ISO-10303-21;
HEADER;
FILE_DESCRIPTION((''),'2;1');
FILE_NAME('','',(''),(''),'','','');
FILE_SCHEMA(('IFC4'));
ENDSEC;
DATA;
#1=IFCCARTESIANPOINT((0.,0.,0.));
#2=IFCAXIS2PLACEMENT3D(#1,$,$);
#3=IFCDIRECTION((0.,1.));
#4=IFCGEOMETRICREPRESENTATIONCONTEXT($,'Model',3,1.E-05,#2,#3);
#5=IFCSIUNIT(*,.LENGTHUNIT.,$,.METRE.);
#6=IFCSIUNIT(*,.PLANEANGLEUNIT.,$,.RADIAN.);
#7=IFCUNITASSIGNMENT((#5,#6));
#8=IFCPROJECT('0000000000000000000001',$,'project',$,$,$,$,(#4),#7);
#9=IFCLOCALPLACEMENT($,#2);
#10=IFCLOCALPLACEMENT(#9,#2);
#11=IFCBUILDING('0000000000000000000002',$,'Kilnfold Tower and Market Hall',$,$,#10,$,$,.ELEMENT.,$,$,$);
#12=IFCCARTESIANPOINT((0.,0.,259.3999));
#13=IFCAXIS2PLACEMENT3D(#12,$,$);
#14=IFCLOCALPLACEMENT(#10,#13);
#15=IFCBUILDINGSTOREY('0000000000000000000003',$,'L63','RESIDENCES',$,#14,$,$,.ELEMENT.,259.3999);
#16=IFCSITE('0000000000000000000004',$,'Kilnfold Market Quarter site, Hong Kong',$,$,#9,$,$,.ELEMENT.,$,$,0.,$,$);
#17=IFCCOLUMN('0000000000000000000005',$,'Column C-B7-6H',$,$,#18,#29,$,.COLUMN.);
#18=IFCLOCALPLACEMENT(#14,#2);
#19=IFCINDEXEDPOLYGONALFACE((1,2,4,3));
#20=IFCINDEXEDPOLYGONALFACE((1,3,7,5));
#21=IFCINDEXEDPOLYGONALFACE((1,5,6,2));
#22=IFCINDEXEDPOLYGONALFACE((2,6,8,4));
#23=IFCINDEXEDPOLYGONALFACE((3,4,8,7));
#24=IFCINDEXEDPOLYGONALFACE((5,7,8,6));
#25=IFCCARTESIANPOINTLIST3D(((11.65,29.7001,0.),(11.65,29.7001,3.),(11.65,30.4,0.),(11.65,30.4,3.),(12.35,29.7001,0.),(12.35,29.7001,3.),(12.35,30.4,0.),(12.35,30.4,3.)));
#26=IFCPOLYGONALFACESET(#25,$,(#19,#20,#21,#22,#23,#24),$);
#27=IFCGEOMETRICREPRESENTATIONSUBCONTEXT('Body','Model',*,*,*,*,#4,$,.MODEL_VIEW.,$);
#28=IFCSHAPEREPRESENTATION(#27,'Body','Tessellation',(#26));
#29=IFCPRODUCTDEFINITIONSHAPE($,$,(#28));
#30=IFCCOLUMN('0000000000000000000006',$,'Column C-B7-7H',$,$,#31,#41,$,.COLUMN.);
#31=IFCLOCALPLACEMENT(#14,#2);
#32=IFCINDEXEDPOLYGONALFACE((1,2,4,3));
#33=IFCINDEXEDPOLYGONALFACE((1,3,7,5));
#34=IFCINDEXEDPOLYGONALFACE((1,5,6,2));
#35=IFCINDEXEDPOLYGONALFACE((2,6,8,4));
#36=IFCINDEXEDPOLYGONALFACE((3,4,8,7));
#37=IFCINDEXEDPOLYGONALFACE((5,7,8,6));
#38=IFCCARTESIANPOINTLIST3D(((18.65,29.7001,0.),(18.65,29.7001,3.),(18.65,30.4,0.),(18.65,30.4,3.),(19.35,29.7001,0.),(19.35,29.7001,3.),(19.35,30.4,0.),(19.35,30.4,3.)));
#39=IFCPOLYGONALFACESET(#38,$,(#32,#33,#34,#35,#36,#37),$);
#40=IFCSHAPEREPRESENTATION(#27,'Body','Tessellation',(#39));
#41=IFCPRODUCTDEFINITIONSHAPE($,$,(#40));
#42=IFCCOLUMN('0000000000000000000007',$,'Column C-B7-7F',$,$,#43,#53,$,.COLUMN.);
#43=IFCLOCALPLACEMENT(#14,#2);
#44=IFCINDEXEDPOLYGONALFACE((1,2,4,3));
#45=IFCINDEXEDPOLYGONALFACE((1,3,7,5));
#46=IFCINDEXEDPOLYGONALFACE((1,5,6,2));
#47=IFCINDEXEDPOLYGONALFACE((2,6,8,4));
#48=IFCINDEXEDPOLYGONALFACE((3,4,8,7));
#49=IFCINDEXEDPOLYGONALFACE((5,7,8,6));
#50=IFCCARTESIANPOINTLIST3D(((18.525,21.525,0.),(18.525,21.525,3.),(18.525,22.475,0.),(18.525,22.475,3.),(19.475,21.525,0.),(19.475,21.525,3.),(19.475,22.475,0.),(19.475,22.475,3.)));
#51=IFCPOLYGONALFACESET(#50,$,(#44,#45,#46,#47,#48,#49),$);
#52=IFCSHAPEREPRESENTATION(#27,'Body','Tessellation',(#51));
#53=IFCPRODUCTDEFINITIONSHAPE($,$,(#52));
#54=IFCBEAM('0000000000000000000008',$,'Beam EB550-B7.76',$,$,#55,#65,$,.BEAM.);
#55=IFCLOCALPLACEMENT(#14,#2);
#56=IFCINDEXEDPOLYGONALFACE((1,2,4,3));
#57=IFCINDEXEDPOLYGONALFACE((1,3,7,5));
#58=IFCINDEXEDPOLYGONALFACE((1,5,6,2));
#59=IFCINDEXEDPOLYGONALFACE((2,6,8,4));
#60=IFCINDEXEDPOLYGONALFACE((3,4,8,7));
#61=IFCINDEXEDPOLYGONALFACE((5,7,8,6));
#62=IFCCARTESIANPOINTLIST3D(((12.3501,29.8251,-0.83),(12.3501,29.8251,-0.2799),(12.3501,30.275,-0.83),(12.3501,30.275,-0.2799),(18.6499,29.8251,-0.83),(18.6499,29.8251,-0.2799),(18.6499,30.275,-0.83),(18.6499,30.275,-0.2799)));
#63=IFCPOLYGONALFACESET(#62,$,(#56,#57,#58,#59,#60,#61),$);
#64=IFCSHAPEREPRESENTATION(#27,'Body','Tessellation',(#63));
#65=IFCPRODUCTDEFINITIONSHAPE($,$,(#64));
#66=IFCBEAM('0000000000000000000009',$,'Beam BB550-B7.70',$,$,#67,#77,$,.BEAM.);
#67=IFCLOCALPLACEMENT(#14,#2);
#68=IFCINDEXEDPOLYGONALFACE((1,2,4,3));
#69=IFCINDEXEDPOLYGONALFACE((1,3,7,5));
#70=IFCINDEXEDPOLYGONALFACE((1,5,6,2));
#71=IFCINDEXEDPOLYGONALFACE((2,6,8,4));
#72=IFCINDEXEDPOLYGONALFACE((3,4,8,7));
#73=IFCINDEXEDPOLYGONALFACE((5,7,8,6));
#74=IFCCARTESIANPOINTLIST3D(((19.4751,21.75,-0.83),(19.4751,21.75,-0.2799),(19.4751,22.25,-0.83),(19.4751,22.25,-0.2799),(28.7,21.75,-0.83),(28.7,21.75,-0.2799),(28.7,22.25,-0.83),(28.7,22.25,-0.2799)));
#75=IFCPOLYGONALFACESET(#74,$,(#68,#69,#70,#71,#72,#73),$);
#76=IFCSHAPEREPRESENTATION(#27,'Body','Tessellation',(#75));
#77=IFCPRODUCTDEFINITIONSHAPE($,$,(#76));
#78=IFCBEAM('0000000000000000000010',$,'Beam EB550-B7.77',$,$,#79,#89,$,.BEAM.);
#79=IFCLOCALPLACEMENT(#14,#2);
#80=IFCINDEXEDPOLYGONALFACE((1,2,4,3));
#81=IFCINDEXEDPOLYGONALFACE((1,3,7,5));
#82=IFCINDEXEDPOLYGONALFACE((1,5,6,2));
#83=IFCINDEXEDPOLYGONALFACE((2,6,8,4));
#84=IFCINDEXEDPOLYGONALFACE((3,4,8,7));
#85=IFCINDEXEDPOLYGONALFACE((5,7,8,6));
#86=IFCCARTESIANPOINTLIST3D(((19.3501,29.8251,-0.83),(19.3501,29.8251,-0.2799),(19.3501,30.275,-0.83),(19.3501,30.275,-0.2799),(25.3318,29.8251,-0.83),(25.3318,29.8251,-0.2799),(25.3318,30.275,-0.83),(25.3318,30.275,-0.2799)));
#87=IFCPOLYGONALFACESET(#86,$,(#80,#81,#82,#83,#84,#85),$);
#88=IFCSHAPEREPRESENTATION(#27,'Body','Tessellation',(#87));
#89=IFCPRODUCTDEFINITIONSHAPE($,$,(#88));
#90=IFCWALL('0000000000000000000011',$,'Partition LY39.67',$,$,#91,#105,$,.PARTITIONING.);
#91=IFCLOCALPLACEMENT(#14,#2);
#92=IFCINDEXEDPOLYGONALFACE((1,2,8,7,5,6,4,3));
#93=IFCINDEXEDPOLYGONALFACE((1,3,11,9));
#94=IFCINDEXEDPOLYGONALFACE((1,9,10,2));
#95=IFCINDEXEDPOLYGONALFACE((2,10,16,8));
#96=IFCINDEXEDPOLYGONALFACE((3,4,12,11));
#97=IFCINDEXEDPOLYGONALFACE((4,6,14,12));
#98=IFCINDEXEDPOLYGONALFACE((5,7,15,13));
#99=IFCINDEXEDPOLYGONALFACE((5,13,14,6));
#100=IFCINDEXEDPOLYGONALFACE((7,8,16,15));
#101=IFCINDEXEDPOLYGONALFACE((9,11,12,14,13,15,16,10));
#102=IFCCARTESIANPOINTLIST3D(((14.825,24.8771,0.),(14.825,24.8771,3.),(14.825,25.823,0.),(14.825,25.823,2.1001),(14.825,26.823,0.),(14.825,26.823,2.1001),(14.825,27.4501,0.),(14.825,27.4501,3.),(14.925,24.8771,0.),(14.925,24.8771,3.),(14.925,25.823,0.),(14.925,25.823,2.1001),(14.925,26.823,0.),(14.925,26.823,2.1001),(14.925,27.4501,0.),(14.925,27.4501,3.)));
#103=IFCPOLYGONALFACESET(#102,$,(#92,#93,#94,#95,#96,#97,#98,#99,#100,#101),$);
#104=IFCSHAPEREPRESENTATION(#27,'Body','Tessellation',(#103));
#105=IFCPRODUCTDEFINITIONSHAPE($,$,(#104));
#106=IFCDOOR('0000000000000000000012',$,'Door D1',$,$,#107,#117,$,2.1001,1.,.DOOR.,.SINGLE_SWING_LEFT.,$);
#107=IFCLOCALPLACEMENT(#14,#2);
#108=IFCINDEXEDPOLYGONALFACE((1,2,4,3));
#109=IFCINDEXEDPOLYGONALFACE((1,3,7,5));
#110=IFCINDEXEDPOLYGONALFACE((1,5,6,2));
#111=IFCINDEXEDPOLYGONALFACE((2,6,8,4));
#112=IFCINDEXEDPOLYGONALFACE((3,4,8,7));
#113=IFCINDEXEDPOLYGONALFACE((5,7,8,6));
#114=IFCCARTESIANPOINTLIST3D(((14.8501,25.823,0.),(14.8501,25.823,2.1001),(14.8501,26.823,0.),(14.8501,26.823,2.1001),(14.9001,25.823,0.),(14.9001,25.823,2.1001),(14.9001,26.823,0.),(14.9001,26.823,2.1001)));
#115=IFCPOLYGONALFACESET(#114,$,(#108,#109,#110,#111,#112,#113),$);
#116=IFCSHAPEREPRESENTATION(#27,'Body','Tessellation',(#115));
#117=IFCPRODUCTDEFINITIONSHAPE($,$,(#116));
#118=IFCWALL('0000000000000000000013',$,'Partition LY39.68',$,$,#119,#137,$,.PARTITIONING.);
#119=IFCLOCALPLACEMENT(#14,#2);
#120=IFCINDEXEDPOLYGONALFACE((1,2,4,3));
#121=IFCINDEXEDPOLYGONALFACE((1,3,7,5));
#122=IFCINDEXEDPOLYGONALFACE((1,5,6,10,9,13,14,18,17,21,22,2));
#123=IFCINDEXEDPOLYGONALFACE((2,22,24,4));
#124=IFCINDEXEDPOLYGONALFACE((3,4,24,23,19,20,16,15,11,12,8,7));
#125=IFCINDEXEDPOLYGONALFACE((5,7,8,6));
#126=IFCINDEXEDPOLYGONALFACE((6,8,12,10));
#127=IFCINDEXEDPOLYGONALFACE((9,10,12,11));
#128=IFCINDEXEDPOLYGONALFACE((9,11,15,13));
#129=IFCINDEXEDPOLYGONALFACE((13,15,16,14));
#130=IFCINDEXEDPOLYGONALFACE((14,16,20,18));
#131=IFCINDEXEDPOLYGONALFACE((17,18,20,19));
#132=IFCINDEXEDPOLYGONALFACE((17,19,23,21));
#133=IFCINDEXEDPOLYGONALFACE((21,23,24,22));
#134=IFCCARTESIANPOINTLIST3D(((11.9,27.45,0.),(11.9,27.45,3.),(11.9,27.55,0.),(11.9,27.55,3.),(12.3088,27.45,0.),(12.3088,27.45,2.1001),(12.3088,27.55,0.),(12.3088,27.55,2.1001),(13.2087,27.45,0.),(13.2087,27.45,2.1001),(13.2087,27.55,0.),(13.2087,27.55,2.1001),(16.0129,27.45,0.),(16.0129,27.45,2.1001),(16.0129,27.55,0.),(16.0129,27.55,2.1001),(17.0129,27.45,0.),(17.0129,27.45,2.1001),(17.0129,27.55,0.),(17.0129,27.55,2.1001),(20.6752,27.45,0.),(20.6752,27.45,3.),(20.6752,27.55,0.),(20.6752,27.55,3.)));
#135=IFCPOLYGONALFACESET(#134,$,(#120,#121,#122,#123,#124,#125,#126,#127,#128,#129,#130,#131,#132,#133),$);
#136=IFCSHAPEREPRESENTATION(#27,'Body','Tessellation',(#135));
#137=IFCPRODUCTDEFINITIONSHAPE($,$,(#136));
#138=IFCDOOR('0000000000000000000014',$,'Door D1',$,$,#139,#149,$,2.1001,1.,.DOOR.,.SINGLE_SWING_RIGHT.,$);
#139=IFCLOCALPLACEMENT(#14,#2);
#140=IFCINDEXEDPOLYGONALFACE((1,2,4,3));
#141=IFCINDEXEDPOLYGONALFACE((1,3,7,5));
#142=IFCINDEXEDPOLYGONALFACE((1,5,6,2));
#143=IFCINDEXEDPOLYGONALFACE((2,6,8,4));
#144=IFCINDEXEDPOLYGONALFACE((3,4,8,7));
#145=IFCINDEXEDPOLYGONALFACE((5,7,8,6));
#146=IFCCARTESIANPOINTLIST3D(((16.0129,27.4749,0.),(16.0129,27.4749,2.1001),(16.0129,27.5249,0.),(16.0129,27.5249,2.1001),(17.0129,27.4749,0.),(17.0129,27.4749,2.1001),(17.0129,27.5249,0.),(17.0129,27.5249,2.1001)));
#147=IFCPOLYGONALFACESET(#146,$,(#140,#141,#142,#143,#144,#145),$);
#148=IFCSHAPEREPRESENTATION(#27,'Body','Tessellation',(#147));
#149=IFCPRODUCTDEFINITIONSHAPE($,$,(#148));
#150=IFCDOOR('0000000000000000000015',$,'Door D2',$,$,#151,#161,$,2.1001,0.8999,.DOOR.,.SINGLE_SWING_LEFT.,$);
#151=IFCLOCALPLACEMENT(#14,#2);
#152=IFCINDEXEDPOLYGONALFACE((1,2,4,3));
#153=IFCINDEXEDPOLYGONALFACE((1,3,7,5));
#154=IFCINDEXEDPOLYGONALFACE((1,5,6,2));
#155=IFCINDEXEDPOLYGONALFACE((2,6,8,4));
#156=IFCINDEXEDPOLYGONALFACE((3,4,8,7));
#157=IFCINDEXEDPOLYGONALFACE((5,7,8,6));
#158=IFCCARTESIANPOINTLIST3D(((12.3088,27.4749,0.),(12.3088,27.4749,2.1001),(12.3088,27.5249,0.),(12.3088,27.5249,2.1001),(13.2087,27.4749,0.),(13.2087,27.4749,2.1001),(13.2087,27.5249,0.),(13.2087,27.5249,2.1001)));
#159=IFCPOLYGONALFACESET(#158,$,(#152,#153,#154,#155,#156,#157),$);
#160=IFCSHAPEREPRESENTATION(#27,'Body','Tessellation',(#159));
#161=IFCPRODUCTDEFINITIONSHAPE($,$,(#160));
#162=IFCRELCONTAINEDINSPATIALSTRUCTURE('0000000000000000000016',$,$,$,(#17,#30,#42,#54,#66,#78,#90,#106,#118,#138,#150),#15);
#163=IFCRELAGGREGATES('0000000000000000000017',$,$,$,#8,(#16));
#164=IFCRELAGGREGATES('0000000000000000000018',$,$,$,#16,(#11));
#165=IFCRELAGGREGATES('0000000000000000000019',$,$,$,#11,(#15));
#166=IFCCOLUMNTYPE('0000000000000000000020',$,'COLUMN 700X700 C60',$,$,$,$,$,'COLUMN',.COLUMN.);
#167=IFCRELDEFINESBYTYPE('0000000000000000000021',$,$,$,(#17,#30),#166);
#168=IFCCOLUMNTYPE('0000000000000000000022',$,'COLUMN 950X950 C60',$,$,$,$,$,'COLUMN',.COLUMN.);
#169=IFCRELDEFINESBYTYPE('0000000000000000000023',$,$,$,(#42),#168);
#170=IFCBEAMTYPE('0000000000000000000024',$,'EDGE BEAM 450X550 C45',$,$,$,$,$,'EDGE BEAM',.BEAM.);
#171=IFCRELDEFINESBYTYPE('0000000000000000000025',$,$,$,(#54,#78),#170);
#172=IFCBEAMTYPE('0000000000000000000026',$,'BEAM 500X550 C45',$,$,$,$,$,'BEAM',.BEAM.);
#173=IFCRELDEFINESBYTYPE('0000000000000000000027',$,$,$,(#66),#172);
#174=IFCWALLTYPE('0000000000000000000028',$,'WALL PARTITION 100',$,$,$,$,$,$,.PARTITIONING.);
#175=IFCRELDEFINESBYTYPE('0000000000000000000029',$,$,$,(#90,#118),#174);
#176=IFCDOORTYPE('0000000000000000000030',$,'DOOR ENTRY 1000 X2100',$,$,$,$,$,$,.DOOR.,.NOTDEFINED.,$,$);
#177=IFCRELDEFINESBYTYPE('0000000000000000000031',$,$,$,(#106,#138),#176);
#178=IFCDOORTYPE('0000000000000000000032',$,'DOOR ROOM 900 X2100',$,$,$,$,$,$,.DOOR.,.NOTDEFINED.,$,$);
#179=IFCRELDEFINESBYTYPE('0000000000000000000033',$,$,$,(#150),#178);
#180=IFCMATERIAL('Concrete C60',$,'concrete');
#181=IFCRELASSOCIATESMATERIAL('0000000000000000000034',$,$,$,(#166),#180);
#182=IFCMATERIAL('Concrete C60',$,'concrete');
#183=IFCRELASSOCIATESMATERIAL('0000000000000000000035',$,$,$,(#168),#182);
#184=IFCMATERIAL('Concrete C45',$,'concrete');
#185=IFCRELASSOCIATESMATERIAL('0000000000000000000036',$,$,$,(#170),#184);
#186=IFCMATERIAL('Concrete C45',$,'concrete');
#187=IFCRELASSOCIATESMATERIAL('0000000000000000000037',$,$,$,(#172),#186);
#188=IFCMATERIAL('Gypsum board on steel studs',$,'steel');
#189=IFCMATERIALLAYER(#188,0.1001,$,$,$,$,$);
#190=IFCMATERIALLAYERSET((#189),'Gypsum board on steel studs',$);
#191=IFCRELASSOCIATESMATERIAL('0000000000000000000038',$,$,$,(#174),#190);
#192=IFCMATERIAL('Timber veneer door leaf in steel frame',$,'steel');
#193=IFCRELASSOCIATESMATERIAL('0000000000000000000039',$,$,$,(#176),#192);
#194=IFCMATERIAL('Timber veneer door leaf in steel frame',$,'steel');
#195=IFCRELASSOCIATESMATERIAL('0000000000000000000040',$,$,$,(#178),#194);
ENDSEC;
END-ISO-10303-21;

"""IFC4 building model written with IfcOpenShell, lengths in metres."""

from ifc_helpers import new_model, si_unit, direction, frame, frame_2d, origin, origin_2d, place, context, subcontext, project, spatial, rectangle, extrude, source, transform, mapped, material, layer, layer_set, material_profile, profile_set, type_object, element, fill, save


model = new_model("IFC4")

# Units and contexts
model_context = context("Model", 3, precision=1e-05, world=origin(), true_north=direction((0.0, 1.0)))
body_context = subcontext(model_context, "Body", "Model", "MODEL_VIEW")
ifc_project = project(units=[si_unit("LENGTHUNIT", "METRE"), si_unit("PLANEANGLEUNIT", "RADIAN")], contexts=[model_context])

# Site, building, storey
site_placement = place(None, origin())
site = spatial("IfcSite", under=ifc_project, at=site_placement, Name="Kilnfold Market Quarter site, Hong Kong", CompositionType="ELEMENT", RefElevation=0.0)
building_placement = place(site_placement, origin())
building = spatial("IfcBuilding", under=site, at=building_placement, Name="Kilnfold Tower and Market Hall", CompositionType="ELEMENT")
storey_placement = place(building_placement, frame((0.0, 0.0, 259.3999)))
storey = spatial("IfcBuildingStorey", under=building, at=storey_placement, Name="L63", Description="RESIDENCES", CompositionType="ELEMENT", Elevation=259.3999)

# Columns
ifc_material_1 = material(Name="Concrete C60", Category="concrete")
ifc_material_profile_1 = material_profile(ifc_material_1, rectangle(XDim=0.7, YDim=0.7, at=origin_2d()), Name="RC 700x700")
ifc_profile_set_1 = profile_set([ifc_material_profile_1], Name="Concrete C60")
column_type_1 = type_object("IfcColumnType", Name="COLUMN 700X700 C60", ElementType="COLUMN", PredefinedType="COLUMN", material=ifc_profile_set_1)
shared_shape_1 = source(origin(), body_context, "Body", "SweptSolid", [
    extrude(rectangle(XDim=0.7, YDim=0.7, at=origin_2d()), origin(), (0.0, 0.0, 1.0), 3.0),
])
for number, where, z_axis, x_axis, name in (
    (1, (12.0, 30.05, 0.0), (0.0, 0.0, 1.0), (1.0, 0.0, 0.0), "Column C-B7-6H"),
    (2, (19.0, 30.05, 0.0), (0.0, 0.0, 1.0), (1.0, 0.0, 0.0), "Column C-B7-7H"),
):
    element("IfcColumn", number, at=place(storey_placement, frame(where, z_axis=z_axis, x_axis=x_axis)), inside=storey, type_object=column_type_1, Name=name, PredefinedType="COLUMN", context=body_context, shape_type="MappedRepresentation", body=[
        mapped(shared_shape_1, transform((0.0, 0.0, 0.0))),
    ])
ifc_material_2 = material(Name="Concrete C60", Category="concrete")
ifc_material_profile_2 = material_profile(ifc_material_2, rectangle(XDim=0.95, YDim=0.95, at=origin_2d()), Name="RC 950x950")
ifc_profile_set_2 = profile_set([ifc_material_profile_2], Name="Concrete C60")
column_type_2 = type_object("IfcColumnType", Name="COLUMN 950X950 C60", ElementType="COLUMN", PredefinedType="COLUMN", material=ifc_profile_set_2)
shared_shape_2 = source(origin(), body_context, "Body", "SweptSolid", [
    extrude(rectangle(XDim=0.95, YDim=0.95, at=origin_2d()), origin(), (0.0, 0.0, 1.0), 3.0),
])
column_placement = place(storey_placement, frame((19.0, 22.0, 0.0), z_axis=(0.0, 0.0, 1.0), x_axis=(1.0, 0.0, 0.0)))
element("IfcColumn", 3, at=column_placement, inside=storey, type_object=column_type_2, Name="Column C-B7-7F", PredefinedType="COLUMN", context=body_context, shape_type="MappedRepresentation", body=[
    mapped(shared_shape_2, transform((0.0, 0.0, 0.0))),
])

# Beams
ifc_material_3 = material(Name="Concrete C45", Category="concrete")
ifc_material_profile_3 = material_profile(ifc_material_3, rectangle(XDim=0.45, YDim=0.55, at=origin_2d()), Name="RC 450x550")
ifc_profile_set_3 = profile_set([ifc_material_profile_3], Name="Concrete C45")
beam_type_1 = type_object("IfcBeamType", Name="EDGE BEAM 450X550 C45", ElementType="EDGE BEAM", PredefinedType="BEAM", material=ifc_profile_set_3)
shared_shape_3 = source(origin(), body_context, "Body", "SweptSolid", [
    extrude(rectangle(XDim=0.45, YDim=0.55, at=origin_2d()), origin(), (0.0, 0.0, 1.0), 6.2998),
])
beam_1_placement = place(storey_placement, frame((12.3501, 30.05, -0.5549), z_axis=(1.0, 0.0, 0.0), x_axis=(0.0, 1.0, 0.0)))
element("IfcBeam", 4, at=beam_1_placement, inside=storey, type_object=beam_type_1, Name="Beam EB550-B7.76", PredefinedType="BEAM", context=body_context, shape_type="MappedRepresentation", body=[
    mapped(shared_shape_3, transform((0.0, 0.0, 0.0))),
])
ifc_material_4 = material(Name="Concrete C45", Category="concrete")
ifc_material_profile_4 = material_profile(ifc_material_4, rectangle(XDim=0.5, YDim=0.55, at=origin_2d()), Name="RC 500x550")
ifc_profile_set_4 = profile_set([ifc_material_profile_4], Name="Concrete C45")
beam_type_2 = type_object("IfcBeamType", Name="BEAM 500X550 C45", ElementType="BEAM", PredefinedType="BEAM", material=ifc_profile_set_4)
shared_shape_4 = source(origin(), body_context, "Body", "SweptSolid", [
    extrude(rectangle(XDim=0.5, YDim=0.55, at=origin_2d()), origin(), (0.0, 0.0, 1.0), 9.2249),
])
beam_2_placement = place(storey_placement, frame((19.4751, 22.0, -0.5549), z_axis=(1.0, 0.0, 0.0), x_axis=(0.0, 1.0, 0.0)))
element("IfcBeam", 5, at=beam_2_placement, inside=storey, type_object=beam_type_2, Name="Beam BB550-B7.70", PredefinedType="BEAM", context=body_context, shape_type="MappedRepresentation", body=[
    mapped(shared_shape_4, transform((0.0, 0.0, 0.0))),
])
shared_shape_5 = source(origin(), body_context, "Body", "SweptSolid", [
    extrude(rectangle(XDim=0.45, YDim=0.55, at=origin_2d()), origin(), (0.0, 0.0, 1.0), 5.9817),
])
beam_3_placement = place(storey_placement, frame((19.3501, 30.05, -0.5549), z_axis=(1.0, 0.0, 0.0), x_axis=(0.0, 1.0, 0.0)))
element("IfcBeam", 6, at=beam_3_placement, inside=storey, type_object=beam_type_1, Name="Beam EB550-B7.77", PredefinedType="BEAM", context=body_context, shape_type="MappedRepresentation", body=[
    mapped(shared_shape_5, transform((0.0, 0.0, 0.0))),
])

# Wall, opening, door
ifc_material_5 = material(Name="Gypsum board on steel studs", Category="steel")
ifc_layer_1 = layer(ifc_material_5, 0.1001)
ifc_layer_set_1 = layer_set([ifc_layer_1], Name="Gypsum board on steel studs")
wall_type_1 = type_object("IfcWallType", Name="WALL PARTITION 100", PredefinedType="PARTITIONING", material=ifc_layer_set_1)
wall_1_placement = place(storey_placement, frame((14.875, 24.877, 0.0), z_axis=(0.0, 0.0, 1.0), x_axis=(0.0, 1.0, 0.0)))
wall_1 = element("IfcWall", 7, at=wall_1_placement, inside=storey, type_object=wall_type_1, Name="Partition LY39.67", PredefinedType="PARTITIONING", context=body_context, shape_type="SweptSolid", body=[
    extrude(rectangle(XDim=2.573, YDim=0.1001, at=frame_2d((1.2866, 0.0))), origin(), (0.0, 0.0, 1.0), 3.0),
])
opening_1_placement = place(wall_1_placement, frame((0.946, 0.0, 0.0)))
opening_1 = element("IfcOpeningElement", 8, at=opening_1_placement, cuts=wall_1, PredefinedType="OPENING", context=body_context, shape_type="SweptSolid", body=[
    extrude(rectangle(XDim=1.0, YDim=2.1001, at=frame_2d((0.5, 1.05))), frame((0.0, 0.0601, 0.0), z_axis=(0.0, -1.0, 0.0), x_axis=(1.0, 0.0, 0.0)), (0.0, 0.0, 1.0), 0.1201),
])
ifc_material_6 = material(Name="Timber veneer door leaf in steel frame", Category="steel")
door_type_1 = type_object("IfcDoorType", Name="DOOR ENTRY 1000 X2100", OperationType="NOTDEFINED", PredefinedType="DOOR", material=ifc_material_6)
door_1_placement = place(opening_1_placement, origin())
door_1 = element("IfcDoor", 9, at=door_1_placement, inside=storey, type_object=door_type_1, Name="Door D1", OperationType="SINGLE_SWING_LEFT", OverallHeight=2.1001, OverallWidth=1.0, PredefinedType="DOOR", context=body_context, shape_type="SweptSolid", body=[
    extrude(rectangle(XDim=1.0, YDim=2.1001, at=frame_2d((0.5, 1.05))), frame((0.0, 0.0249, 0.0), z_axis=(0.0, -1.0, 0.0), x_axis=(1.0, 0.0, 0.0)), (0.0, 0.0, 1.0), 0.05),
])
fill(opening_1, door_1)

# Wall, openings, doors
wall_2_placement = place(storey_placement, frame((11.8999, 27.5, 0.0), z_axis=(0.0, 0.0, 1.0), x_axis=(1.0, 0.0, 0.0)))
wall_2 = element("IfcWall", 10, at=wall_2_placement, inside=storey, type_object=wall_type_1, Name="Partition LY39.68", PredefinedType="PARTITIONING", context=body_context, shape_type="SweptSolid", body=[
    extrude(rectangle(XDim=8.7751, YDim=0.1001, at=frame_2d((4.3877, 0.0))), origin(), (0.0, 0.0, 1.0), 3.0),
])
opening_2_placement = place(wall_2_placement, frame((0.4089, 0.0, 0.0)))
opening_2 = element("IfcOpeningElement", 11, at=opening_2_placement, cuts=wall_2, PredefinedType="OPENING", context=body_context, shape_type="SweptSolid", body=[
    extrude(rectangle(XDim=0.8999, YDim=2.1001, at=frame_2d((0.45, 1.05))), frame((0.0, 0.0601, 0.0), z_axis=(0.0, -1.0, 0.0), x_axis=(1.0, 0.0, 0.0)), (0.0, 0.0, 1.0), 0.1201),
])
opening_3_placement = place(wall_2_placement, frame((4.113, 0.0, 0.0)))
opening_3 = element("IfcOpeningElement", 12, at=opening_3_placement, cuts=wall_2, PredefinedType="OPENING", context=body_context, shape_type="SweptSolid", body=[
    extrude(rectangle(XDim=1.0, YDim=2.1001, at=frame_2d((0.5, 1.05))), frame((0.0, 0.0601, 0.0), z_axis=(0.0, -1.0, 0.0), x_axis=(1.0, 0.0, 0.0)), (0.0, 0.0, 1.0), 0.1201),
])
door_2_placement = place(opening_3_placement, origin())
door_2 = element("IfcDoor", 13, at=door_2_placement, inside=storey, type_object=door_type_1, Name="Door D1", OperationType="SINGLE_SWING_RIGHT", OverallHeight=2.1001, OverallWidth=1.0, PredefinedType="DOOR", context=body_context, shape_type="SweptSolid", body=[
    extrude(rectangle(XDim=1.0, YDim=2.1001, at=frame_2d((0.5, 1.05))), frame((0.0, 0.0249, 0.0), z_axis=(0.0, -1.0, 0.0), x_axis=(1.0, 0.0, 0.0)), (0.0, 0.0, 1.0), 0.05),
])
fill(opening_3, door_2)
ifc_material_7 = material(Name="Timber veneer door leaf in steel frame", Category="steel")
door_type_2 = type_object("IfcDoorType", Name="DOOR ROOM 900 X2100", OperationType="NOTDEFINED", PredefinedType="DOOR", material=ifc_material_7)
door_3_placement = place(opening_2_placement, origin())
door_3 = element("IfcDoor", 14, at=door_3_placement, inside=storey, type_object=door_type_2, Name="Door D2", OperationType="SINGLE_SWING_LEFT", OverallHeight=2.1001, OverallWidth=0.8999, PredefinedType="DOOR", context=body_context, shape_type="SweptSolid", body=[
    extrude(rectangle(XDim=0.8999, YDim=2.1001, at=frame_2d((0.45, 1.05))), frame((0.0, 0.0249, 0.0), z_axis=(0.0, -1.0, 0.0), x_axis=(1.0, 0.0, 0.0)), (0.0, 0.0, 1.0), 0.05),
])
fill(opening_2, door_3)

save(model, "model.ifc")
